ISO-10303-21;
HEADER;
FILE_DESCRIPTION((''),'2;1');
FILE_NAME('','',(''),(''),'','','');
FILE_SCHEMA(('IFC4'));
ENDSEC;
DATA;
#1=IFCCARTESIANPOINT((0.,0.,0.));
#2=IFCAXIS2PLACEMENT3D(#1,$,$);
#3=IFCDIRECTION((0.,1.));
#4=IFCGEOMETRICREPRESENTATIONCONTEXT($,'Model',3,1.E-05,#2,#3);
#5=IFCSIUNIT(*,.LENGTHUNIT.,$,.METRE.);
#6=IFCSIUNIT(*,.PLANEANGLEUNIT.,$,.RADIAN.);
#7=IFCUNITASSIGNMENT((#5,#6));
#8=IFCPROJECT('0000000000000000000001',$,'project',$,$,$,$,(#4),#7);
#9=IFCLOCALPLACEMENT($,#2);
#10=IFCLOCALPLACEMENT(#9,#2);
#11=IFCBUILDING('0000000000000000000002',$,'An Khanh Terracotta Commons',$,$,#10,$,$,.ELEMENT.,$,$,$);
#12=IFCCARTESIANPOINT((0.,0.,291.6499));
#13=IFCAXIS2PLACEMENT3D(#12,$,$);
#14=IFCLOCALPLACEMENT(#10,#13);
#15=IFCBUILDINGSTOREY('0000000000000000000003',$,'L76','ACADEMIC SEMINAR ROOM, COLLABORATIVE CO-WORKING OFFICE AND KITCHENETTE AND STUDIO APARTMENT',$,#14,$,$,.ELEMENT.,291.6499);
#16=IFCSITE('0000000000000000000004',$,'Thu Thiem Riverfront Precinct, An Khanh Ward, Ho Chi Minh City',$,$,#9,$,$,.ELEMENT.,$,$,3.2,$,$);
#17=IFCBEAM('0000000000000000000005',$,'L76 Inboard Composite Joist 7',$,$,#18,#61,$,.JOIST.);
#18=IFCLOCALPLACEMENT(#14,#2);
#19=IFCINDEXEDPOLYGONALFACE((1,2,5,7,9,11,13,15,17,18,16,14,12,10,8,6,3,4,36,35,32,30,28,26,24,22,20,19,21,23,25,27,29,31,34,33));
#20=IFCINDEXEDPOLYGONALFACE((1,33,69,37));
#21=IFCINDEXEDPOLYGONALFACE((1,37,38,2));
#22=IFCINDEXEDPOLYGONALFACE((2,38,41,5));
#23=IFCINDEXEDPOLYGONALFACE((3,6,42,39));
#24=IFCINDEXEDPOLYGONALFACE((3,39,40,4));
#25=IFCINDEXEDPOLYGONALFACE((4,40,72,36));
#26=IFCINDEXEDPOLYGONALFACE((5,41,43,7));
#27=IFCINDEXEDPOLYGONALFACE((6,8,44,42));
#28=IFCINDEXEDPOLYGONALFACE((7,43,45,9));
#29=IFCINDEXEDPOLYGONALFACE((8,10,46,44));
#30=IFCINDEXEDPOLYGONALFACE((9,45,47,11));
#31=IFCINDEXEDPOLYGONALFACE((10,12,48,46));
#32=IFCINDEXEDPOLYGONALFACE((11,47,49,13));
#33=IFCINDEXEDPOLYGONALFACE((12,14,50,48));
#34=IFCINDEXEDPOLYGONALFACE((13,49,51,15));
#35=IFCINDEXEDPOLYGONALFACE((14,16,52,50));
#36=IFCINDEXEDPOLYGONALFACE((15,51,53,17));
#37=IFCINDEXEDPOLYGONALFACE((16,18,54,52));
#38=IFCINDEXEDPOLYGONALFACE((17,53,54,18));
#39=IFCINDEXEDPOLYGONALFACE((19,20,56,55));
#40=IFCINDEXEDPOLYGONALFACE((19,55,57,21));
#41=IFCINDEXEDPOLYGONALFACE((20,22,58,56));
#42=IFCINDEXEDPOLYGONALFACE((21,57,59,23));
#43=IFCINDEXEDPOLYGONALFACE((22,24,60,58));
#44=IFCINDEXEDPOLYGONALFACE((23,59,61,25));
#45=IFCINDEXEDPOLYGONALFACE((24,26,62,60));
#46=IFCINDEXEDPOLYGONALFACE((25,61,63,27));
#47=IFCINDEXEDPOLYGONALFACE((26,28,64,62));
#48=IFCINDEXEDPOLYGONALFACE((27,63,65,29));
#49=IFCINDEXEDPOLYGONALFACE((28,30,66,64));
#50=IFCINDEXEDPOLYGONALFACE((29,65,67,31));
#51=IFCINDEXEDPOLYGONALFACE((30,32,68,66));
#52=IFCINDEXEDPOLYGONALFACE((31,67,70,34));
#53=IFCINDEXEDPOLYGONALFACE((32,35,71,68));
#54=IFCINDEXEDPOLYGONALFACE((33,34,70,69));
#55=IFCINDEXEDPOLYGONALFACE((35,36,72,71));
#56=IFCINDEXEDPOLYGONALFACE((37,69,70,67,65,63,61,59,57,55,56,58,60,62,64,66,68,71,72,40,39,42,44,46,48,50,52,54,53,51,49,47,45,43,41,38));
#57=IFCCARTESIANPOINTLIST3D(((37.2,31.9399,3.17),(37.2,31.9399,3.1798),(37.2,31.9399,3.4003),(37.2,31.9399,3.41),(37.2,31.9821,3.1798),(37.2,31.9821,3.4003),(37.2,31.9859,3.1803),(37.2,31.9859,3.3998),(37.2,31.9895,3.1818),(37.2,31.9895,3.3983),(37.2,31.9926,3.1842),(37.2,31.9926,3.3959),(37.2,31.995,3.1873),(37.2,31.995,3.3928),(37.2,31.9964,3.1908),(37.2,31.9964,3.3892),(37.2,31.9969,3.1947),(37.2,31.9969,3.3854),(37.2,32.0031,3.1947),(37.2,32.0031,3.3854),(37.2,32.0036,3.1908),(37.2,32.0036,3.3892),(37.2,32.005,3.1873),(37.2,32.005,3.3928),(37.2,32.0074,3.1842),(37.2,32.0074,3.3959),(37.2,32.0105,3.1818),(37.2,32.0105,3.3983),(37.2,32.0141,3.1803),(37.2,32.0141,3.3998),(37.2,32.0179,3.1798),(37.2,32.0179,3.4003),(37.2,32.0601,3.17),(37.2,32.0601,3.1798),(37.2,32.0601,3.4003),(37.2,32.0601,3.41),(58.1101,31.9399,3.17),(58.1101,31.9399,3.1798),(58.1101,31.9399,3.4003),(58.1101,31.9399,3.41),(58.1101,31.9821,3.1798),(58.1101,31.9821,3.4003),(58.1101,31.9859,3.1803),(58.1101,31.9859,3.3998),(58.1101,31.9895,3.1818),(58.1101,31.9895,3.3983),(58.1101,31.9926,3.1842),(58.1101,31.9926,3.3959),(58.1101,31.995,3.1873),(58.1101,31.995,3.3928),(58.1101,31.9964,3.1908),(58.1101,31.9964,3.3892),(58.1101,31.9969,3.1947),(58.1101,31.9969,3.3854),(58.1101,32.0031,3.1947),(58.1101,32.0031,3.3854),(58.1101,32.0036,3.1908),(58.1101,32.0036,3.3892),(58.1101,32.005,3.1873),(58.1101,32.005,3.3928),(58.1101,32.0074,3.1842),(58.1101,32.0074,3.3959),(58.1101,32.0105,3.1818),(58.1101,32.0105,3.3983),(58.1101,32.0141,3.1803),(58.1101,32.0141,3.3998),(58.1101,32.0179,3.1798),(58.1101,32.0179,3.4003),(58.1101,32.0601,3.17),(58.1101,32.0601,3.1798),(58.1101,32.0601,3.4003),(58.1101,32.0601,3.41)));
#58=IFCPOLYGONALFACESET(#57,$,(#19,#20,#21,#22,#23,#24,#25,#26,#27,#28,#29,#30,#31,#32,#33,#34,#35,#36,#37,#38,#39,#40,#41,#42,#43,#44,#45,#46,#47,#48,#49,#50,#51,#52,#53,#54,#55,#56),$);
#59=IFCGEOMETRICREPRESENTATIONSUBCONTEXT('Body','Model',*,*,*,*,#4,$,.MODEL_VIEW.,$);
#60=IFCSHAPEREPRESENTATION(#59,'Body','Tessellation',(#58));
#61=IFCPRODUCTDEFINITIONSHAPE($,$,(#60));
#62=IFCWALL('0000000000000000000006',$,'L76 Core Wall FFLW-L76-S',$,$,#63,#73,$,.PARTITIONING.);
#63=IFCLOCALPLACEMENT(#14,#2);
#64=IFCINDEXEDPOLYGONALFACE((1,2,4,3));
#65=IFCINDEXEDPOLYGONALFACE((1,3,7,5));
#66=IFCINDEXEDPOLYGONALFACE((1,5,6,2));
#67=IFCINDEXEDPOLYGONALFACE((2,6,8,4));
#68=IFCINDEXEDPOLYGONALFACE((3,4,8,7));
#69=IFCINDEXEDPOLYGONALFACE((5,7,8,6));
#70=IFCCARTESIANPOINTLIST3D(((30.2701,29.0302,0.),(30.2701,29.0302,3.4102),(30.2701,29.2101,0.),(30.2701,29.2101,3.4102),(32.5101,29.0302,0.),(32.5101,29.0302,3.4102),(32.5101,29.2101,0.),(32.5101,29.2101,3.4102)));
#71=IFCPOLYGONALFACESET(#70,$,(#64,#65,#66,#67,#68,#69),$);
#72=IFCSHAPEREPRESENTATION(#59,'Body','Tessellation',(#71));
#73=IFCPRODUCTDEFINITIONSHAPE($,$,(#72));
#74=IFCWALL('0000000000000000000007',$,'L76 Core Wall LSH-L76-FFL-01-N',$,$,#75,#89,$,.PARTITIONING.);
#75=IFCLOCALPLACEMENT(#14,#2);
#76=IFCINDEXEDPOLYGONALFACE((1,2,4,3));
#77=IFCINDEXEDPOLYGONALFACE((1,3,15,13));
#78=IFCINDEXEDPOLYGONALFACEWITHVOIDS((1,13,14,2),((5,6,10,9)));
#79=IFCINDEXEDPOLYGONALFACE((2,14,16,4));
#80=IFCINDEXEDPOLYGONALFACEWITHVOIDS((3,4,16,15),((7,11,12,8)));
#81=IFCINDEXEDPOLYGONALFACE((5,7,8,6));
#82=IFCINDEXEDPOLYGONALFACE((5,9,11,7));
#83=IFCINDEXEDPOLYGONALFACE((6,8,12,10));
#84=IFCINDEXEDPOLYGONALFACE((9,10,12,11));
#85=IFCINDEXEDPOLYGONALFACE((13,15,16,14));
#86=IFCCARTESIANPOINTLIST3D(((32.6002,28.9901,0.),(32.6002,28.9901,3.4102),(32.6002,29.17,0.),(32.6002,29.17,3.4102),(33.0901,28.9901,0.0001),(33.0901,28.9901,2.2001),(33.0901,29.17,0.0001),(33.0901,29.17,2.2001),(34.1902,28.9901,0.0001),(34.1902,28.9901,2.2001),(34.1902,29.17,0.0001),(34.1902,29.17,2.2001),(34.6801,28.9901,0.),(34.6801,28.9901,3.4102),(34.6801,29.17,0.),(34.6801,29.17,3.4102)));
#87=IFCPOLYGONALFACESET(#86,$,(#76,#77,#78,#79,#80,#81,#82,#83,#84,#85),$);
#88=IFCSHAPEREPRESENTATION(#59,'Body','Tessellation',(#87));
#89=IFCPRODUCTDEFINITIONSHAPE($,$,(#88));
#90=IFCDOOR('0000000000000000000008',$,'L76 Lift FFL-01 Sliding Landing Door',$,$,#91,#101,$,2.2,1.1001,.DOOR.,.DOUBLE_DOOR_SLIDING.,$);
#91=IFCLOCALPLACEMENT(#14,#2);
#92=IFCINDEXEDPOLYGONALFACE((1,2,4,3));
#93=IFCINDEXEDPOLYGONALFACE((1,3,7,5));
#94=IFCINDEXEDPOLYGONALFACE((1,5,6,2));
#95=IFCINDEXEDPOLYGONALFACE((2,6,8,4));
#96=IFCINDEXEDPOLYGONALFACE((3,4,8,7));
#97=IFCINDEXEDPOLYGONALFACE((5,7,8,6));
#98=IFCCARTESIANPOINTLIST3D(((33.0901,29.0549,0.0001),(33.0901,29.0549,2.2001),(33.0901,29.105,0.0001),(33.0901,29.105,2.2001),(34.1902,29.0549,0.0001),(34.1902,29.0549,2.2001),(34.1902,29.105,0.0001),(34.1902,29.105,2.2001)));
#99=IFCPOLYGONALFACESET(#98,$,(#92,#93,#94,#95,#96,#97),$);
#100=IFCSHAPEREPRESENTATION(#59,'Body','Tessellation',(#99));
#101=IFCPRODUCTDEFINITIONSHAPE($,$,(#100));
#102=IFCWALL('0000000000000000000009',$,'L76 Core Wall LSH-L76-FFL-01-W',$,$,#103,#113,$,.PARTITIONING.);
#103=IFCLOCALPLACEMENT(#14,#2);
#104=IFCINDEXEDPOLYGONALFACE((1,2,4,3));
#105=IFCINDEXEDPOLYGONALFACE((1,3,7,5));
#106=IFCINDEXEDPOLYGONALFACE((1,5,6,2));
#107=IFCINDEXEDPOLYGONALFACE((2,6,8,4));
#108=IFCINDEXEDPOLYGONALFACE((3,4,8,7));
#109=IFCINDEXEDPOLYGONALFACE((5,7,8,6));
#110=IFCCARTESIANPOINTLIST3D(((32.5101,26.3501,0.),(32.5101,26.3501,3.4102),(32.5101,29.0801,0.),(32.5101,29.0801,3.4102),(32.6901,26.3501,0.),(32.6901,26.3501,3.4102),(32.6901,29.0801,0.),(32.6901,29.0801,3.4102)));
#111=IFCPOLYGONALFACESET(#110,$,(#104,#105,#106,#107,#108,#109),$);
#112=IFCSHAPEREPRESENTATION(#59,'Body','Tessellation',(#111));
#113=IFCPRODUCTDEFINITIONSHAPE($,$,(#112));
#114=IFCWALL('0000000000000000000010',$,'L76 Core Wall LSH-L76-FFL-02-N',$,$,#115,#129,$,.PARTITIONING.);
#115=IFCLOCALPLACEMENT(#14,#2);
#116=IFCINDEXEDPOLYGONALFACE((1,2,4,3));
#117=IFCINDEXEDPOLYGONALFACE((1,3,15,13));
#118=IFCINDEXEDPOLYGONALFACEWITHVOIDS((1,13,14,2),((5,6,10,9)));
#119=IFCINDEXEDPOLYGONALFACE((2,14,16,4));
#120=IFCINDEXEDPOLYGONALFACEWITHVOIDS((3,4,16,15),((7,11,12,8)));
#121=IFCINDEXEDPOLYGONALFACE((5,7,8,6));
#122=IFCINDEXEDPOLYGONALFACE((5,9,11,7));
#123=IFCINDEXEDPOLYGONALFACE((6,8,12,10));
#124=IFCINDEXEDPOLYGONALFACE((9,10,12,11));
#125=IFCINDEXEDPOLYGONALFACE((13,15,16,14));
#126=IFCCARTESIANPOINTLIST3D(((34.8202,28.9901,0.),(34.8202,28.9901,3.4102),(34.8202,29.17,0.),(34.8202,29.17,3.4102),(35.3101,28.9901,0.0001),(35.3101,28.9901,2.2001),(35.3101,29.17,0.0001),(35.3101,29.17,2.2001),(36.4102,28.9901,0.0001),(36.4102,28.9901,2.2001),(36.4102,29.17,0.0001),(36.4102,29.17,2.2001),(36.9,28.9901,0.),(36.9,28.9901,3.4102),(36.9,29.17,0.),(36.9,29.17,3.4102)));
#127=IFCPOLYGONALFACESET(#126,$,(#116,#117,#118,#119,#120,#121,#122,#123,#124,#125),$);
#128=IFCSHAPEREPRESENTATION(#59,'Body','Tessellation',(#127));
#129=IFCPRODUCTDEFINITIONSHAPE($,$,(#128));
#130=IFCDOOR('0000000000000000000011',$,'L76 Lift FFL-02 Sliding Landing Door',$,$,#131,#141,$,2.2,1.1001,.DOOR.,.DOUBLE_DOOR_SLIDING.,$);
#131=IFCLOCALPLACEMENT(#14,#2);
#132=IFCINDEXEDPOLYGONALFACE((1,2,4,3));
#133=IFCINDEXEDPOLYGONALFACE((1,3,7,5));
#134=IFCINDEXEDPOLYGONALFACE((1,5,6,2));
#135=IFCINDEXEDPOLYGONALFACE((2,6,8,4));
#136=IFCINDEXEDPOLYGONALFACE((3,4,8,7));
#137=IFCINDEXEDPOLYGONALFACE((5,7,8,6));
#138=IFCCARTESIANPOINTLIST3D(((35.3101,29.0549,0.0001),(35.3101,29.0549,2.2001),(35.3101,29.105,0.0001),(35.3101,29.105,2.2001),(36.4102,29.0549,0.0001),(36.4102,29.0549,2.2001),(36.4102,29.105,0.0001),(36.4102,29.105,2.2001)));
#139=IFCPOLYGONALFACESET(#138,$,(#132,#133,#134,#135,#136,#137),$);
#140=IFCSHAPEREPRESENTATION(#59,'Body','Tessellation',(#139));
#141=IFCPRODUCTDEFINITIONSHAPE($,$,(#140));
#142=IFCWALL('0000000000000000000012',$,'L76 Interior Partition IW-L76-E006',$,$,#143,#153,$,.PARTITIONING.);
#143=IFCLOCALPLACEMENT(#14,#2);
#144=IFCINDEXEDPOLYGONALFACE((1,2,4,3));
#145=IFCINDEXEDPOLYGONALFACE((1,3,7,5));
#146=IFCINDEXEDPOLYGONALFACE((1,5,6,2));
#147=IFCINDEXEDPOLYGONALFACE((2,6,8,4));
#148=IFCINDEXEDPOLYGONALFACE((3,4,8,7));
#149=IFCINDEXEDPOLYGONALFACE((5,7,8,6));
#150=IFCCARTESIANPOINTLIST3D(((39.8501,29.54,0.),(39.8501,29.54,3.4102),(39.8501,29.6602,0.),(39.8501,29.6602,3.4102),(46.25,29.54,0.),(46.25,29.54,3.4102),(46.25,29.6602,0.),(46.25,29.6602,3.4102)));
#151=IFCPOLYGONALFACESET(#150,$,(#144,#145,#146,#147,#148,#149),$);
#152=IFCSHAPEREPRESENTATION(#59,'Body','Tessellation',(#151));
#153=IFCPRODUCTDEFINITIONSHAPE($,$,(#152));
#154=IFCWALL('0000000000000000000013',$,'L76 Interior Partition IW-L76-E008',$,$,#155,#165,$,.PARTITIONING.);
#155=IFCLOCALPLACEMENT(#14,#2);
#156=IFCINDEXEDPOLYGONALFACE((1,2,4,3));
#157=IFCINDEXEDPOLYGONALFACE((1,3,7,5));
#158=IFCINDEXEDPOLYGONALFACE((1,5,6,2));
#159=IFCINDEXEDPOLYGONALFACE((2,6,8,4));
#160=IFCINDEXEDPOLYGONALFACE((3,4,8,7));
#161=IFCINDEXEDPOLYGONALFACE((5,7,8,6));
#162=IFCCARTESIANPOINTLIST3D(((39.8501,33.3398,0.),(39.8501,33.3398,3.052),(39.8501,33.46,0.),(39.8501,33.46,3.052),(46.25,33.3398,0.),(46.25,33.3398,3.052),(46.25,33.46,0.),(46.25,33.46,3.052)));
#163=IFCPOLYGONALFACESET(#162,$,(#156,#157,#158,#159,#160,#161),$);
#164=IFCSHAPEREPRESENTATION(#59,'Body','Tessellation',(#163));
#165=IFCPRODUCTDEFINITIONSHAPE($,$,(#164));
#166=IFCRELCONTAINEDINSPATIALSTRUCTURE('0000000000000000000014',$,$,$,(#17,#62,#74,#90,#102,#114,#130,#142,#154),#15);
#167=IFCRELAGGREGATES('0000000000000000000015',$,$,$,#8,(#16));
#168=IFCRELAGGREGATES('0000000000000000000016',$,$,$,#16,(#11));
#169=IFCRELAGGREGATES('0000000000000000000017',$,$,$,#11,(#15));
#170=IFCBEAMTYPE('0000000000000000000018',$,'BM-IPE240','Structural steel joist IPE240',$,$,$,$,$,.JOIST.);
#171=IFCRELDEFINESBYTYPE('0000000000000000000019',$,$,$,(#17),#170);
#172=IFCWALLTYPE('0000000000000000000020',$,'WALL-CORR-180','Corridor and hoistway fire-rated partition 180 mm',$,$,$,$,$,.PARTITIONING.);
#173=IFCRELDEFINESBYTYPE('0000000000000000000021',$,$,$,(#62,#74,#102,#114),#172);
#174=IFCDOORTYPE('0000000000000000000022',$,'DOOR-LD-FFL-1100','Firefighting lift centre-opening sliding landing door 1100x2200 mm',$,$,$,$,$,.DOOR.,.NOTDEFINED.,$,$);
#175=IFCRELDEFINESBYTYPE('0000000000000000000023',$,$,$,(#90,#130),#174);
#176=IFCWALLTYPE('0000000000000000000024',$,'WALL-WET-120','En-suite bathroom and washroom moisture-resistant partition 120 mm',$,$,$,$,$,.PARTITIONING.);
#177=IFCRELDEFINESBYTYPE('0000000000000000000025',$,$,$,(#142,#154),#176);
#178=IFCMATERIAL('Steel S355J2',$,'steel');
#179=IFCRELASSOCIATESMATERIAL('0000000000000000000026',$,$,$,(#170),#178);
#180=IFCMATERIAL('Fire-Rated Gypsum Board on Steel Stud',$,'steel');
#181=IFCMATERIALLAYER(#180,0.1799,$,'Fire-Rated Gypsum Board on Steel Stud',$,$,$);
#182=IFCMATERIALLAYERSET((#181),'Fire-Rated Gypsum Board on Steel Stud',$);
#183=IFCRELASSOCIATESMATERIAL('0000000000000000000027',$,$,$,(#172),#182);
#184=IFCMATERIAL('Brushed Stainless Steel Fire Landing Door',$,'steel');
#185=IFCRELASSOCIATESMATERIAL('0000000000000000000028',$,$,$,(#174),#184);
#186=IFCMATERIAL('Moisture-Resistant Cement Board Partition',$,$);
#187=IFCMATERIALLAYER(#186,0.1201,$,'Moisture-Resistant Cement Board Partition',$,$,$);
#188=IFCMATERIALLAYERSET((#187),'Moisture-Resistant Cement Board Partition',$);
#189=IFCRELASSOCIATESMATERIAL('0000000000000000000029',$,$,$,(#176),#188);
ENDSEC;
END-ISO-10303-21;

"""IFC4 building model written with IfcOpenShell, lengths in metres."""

from ifc_helpers import new_model, si_unit, direction, frame, frame_2d, origin, origin_2d, place, context, subcontext, project, spatial, rectangle, i_section, extrude, material, layer, layer_set, material_profile, profile_set, type_object, element, fill, save


model = new_model("IFC4")

# Units and contexts
model_context = context("Model", 3, precision=1e-05, world=origin(), true_north=direction((0.0, 1.0)))
body_context = subcontext(model_context, "Body", "Model", "MODEL_VIEW")
ifc_project = project(units=[si_unit("LENGTHUNIT", "METRE"), si_unit("PLANEANGLEUNIT", "RADIAN")], contexts=[model_context])

# Site, building, storey
site_placement = place(None, origin())
site = spatial("IfcSite", under=ifc_project, at=site_placement, Name="Thu Thiem Riverfront Precinct, An Khanh Ward, Ho Chi Minh City", CompositionType="ELEMENT", RefElevation=3.2)
building_placement = place(site_placement, origin())
building = spatial("IfcBuilding", under=site, at=building_placement, Name="An Khanh Terracotta Commons", CompositionType="ELEMENT")
storey_placement = place(building_placement, frame((0.0, 0.0, 291.6499)))
storey = spatial("IfcBuildingStorey", under=building, at=storey_placement, Name="L76", Description="ACADEMIC SEMINAR ROOM, COLLABORATIVE CO-WORKING OFFICE AND KITCHENETTE AND STUDIO APARTMENT", CompositionType="ELEMENT", Elevation=291.6499)

# Beam
ifc_material_1 = material(Name="Steel S355J2", Category="steel")
ifc_material_profile_1 = material_profile(ifc_material_1, i_section(OverallWidth=0.1201, OverallDepth=0.24, WebThickness=0.0061, FlangeThickness=0.0098, FilletRadius=0.0149, at=origin_2d()), Name="IPE240")
ifc_profile_set_1 = profile_set([ifc_material_profile_1], Name="Steel S355J2")
beam_type_1 = type_object("IfcBeamType", Name="BM-IPE240", Description="Structural steel joist IPE240", PredefinedType="JOIST", material=ifc_profile_set_1)
for number, where, z_axis, x_axis, name in (
    (1, (37.2, 32.0, 3.29), (1.0, 0.0, 0.0), (0.0, 1.0, 0.0), "L76 Inboard Composite Joist 7"),
):
    element("IfcBeam", number, at=place(storey_placement, frame(where, z_axis=z_axis, x_axis=x_axis)), inside=storey, type_object=beam_type_1, Name=name, PredefinedType="JOIST", context=body_context, shape_type="SweptSolid", body=[
        extrude(i_section(OverallWidth=0.1201, OverallDepth=0.24, WebThickness=0.0061, FlangeThickness=0.0098, FilletRadius=0.0149, at=origin_2d()), origin(), (0.0, 0.0, 1.0), 20.9102),
    ])

# Wall
ifc_material_2 = material(Name="Fire-Rated Gypsum Board on Steel Stud", Category="steel")
ifc_layer_1 = layer(ifc_material_2, 0.1799, Name="Fire-Rated Gypsum Board on Steel Stud")
ifc_layer_set_1 = layer_set([ifc_layer_1], Name="Fire-Rated Gypsum Board on Steel Stud")
wall_type_1 = type_object("IfcWallType", Name="WALL-CORR-180", Description="Corridor and hoistway fire-rated partition 180 mm", PredefinedType="PARTITIONING", material=ifc_layer_set_1)
wall_1_placement = place(storey_placement, frame((30.27, 29.1201, 0.0), z_axis=(0.0, 0.0, 1.0), x_axis=(1.0, 0.0, 0.0)))
element("IfcWall", 2, at=wall_1_placement, inside=storey, type_object=wall_type_1, Name="L76 Core Wall FFLW-L76-S", PredefinedType="PARTITIONING", context=body_context, shape_type="SweptSolid", body=[
    extrude(rectangle(XDim=2.24, YDim=0.1799, at=frame_2d((1.1201, 0.0))), origin(), (0.0, 0.0, 1.0), 3.4102),
])

# Wall, opening, door
wall_2_placement = place(storey_placement, frame((32.6001, 29.0801, 0.0), z_axis=(0.0, 0.0, 1.0), x_axis=(1.0, 0.0, 0.0)))
wall_2 = element("IfcWall", 3, at=wall_2_placement, inside=storey, type_object=wall_type_1, Name="L76 Core Wall LSH-L76-FFL-01-N", PredefinedType="PARTITIONING", context=body_context, shape_type="SweptSolid", body=[
    extrude(rectangle(XDim=2.0798, YDim=0.1799, at=frame_2d((1.04, 0.0))), origin(), (0.0, 0.0, 1.0), 3.4102),
])
opening_1_placement = place(wall_2_placement, frame((0.49, 0.0, 0.0)))
opening_1 = element("IfcOpeningElement", 4, at=opening_1_placement, cuts=wall_2, PredefinedType="OPENING", context=body_context, shape_type="SweptSolid", body=[
    extrude(rectangle(XDim=1.1001, YDim=2.2, at=frame_2d((0.55, 1.1001))), frame((0.0, 0.0999, 0.0), z_axis=(0.0, -1.0, 0.0), x_axis=(1.0, 0.0, 0.0)), (0.0, 0.0, 1.0), 0.2),
])
ifc_material_3 = material(Name="Brushed Stainless Steel Fire Landing Door", Category="steel")
door_type_1 = type_object("IfcDoorType", Name="DOOR-LD-FFL-1100", Description="Firefighting lift centre-opening sliding landing door 1100x2200 mm", OperationType="NOTDEFINED", PredefinedType="DOOR", material=ifc_material_3)
door_1_placement = place(opening_1_placement, origin())
door_1 = element("IfcDoor", 5, at=door_1_placement, inside=storey, type_object=door_type_1, Name="L76 Lift FFL-01 Sliding Landing Door", OperationType="DOUBLE_DOOR_SLIDING", OverallHeight=2.2, OverallWidth=1.1001, PredefinedType="DOOR", context=body_context, shape_type="SweptSolid", body=[
    extrude(rectangle(XDim=1.1001, YDim=2.2, at=frame_2d((0.55, 1.1001))), frame((0.0, 0.0249, 0.0), z_axis=(0.0, -1.0, 0.0), x_axis=(1.0, 0.0, 0.0)), (0.0, 0.0, 1.0), 0.05),
])
fill(opening_1, door_1)

# Wall
wall_3_placement = place(storey_placement, frame((32.6001, 29.0801, 0.0), z_axis=(0.0, 0.0, 1.0), x_axis=(0.0, -1.0, 0.0)))
element("IfcWall", 6, at=wall_3_placement, inside=storey, type_object=wall_type_1, Name="L76 Core Wall LSH-L76-FFL-01-W", PredefinedType="PARTITIONING", context=body_context, shape_type="SweptSolid", body=[
    extrude(rectangle(XDim=2.73, YDim=0.1799, at=frame_2d((1.365, 0.0))), origin(), (0.0, 0.0, 1.0), 3.4102),
])

# Wall, opening, door
wall_4_placement = place(storey_placement, frame((34.8201, 29.0801, 0.0), z_axis=(0.0, 0.0, 1.0), x_axis=(1.0, 0.0, 0.0)))
wall_4 = element("IfcWall", 7, at=wall_4_placement, inside=storey, type_object=wall_type_1, Name="L76 Core Wall LSH-L76-FFL-02-N", PredefinedType="PARTITIONING", context=body_context, shape_type="SweptSolid", body=[
    extrude(rectangle(XDim=2.0798, YDim=0.1799, at=frame_2d((1.04, 0.0))), origin(), (0.0, 0.0, 1.0), 3.4102),
])
opening_2_placement = place(wall_4_placement, frame((0.49, 0.0, 0.0)))
opening_2 = element("IfcOpeningElement", 8, at=opening_2_placement, cuts=wall_4, PredefinedType="OPENING", context=body_context, shape_type="SweptSolid", body=[
    extrude(rectangle(XDim=1.1001, YDim=2.2, at=frame_2d((0.55, 1.1001))), frame((0.0, 0.0999, 0.0), z_axis=(0.0, -1.0, 0.0), x_axis=(1.0, 0.0, 0.0)), (0.0, 0.0, 1.0), 0.2),
])
door_2_placement = place(opening_2_placement, origin())
door_2 = element("IfcDoor", 9, at=door_2_placement, inside=storey, type_object=door_type_1, Name="L76 Lift FFL-02 Sliding Landing Door", OperationType="DOUBLE_DOOR_SLIDING", OverallHeight=2.2, OverallWidth=1.1001, PredefinedType="DOOR", context=body_context, shape_type="SweptSolid", body=[
    extrude(rectangle(XDim=1.1001, YDim=2.2, at=frame_2d((0.55, 1.1001))), frame((0.0, 0.0249, 0.0), z_axis=(0.0, -1.0, 0.0), x_axis=(1.0, 0.0, 0.0)), (0.0, 0.0, 1.0), 0.05),
])
fill(opening_2, door_2)

# Walls
ifc_material_4 = material(Name="Moisture-Resistant Cement Board Partition")
ifc_layer_2 = layer(ifc_material_4, 0.1201, Name="Moisture-Resistant Cement Board Partition")
ifc_layer_set_2 = layer_set([ifc_layer_2], Name="Moisture-Resistant Cement Board Partition")
wall_type_2 = type_object("IfcWallType", Name="WALL-WET-120", Description="En-suite bathroom and washroom moisture-resistant partition 120 mm", PredefinedType="PARTITIONING", material=ifc_layer_set_2)
wall_5_placement = place(storey_placement, frame((39.8501, 29.6001, 0.0), z_axis=(0.0, 0.0, 1.0), x_axis=(1.0, 0.0, 0.0)))
element("IfcWall", 10, at=wall_5_placement, inside=storey, type_object=wall_type_2, Name="L76 Interior Partition IW-L76-E006", PredefinedType="PARTITIONING", context=body_context, shape_type="SweptSolid", body=[
    extrude(rectangle(XDim=6.3999, YDim=0.1201, at=frame_2d((3.2, 0.0))), origin(), (0.0, 0.0, 1.0), 3.4102),
])
wall_6_placement = place(storey_placement, frame((39.8501, 33.3999, 0.0), z_axis=(0.0, 0.0, 1.0), x_axis=(1.0, 0.0, 0.0)))
element("IfcWall", 11, at=wall_6_placement, inside=storey, type_object=wall_type_2, Name="L76 Interior Partition IW-L76-E008", PredefinedType="PARTITIONING", context=body_context, shape_type="SweptSolid", body=[
    extrude(rectangle(XDim=6.3999, YDim=0.1201, at=frame_2d((3.2, 0.0))), origin(), (0.0, 0.0, 1.0), 3.052),
])

save(model, "model.ifc")
